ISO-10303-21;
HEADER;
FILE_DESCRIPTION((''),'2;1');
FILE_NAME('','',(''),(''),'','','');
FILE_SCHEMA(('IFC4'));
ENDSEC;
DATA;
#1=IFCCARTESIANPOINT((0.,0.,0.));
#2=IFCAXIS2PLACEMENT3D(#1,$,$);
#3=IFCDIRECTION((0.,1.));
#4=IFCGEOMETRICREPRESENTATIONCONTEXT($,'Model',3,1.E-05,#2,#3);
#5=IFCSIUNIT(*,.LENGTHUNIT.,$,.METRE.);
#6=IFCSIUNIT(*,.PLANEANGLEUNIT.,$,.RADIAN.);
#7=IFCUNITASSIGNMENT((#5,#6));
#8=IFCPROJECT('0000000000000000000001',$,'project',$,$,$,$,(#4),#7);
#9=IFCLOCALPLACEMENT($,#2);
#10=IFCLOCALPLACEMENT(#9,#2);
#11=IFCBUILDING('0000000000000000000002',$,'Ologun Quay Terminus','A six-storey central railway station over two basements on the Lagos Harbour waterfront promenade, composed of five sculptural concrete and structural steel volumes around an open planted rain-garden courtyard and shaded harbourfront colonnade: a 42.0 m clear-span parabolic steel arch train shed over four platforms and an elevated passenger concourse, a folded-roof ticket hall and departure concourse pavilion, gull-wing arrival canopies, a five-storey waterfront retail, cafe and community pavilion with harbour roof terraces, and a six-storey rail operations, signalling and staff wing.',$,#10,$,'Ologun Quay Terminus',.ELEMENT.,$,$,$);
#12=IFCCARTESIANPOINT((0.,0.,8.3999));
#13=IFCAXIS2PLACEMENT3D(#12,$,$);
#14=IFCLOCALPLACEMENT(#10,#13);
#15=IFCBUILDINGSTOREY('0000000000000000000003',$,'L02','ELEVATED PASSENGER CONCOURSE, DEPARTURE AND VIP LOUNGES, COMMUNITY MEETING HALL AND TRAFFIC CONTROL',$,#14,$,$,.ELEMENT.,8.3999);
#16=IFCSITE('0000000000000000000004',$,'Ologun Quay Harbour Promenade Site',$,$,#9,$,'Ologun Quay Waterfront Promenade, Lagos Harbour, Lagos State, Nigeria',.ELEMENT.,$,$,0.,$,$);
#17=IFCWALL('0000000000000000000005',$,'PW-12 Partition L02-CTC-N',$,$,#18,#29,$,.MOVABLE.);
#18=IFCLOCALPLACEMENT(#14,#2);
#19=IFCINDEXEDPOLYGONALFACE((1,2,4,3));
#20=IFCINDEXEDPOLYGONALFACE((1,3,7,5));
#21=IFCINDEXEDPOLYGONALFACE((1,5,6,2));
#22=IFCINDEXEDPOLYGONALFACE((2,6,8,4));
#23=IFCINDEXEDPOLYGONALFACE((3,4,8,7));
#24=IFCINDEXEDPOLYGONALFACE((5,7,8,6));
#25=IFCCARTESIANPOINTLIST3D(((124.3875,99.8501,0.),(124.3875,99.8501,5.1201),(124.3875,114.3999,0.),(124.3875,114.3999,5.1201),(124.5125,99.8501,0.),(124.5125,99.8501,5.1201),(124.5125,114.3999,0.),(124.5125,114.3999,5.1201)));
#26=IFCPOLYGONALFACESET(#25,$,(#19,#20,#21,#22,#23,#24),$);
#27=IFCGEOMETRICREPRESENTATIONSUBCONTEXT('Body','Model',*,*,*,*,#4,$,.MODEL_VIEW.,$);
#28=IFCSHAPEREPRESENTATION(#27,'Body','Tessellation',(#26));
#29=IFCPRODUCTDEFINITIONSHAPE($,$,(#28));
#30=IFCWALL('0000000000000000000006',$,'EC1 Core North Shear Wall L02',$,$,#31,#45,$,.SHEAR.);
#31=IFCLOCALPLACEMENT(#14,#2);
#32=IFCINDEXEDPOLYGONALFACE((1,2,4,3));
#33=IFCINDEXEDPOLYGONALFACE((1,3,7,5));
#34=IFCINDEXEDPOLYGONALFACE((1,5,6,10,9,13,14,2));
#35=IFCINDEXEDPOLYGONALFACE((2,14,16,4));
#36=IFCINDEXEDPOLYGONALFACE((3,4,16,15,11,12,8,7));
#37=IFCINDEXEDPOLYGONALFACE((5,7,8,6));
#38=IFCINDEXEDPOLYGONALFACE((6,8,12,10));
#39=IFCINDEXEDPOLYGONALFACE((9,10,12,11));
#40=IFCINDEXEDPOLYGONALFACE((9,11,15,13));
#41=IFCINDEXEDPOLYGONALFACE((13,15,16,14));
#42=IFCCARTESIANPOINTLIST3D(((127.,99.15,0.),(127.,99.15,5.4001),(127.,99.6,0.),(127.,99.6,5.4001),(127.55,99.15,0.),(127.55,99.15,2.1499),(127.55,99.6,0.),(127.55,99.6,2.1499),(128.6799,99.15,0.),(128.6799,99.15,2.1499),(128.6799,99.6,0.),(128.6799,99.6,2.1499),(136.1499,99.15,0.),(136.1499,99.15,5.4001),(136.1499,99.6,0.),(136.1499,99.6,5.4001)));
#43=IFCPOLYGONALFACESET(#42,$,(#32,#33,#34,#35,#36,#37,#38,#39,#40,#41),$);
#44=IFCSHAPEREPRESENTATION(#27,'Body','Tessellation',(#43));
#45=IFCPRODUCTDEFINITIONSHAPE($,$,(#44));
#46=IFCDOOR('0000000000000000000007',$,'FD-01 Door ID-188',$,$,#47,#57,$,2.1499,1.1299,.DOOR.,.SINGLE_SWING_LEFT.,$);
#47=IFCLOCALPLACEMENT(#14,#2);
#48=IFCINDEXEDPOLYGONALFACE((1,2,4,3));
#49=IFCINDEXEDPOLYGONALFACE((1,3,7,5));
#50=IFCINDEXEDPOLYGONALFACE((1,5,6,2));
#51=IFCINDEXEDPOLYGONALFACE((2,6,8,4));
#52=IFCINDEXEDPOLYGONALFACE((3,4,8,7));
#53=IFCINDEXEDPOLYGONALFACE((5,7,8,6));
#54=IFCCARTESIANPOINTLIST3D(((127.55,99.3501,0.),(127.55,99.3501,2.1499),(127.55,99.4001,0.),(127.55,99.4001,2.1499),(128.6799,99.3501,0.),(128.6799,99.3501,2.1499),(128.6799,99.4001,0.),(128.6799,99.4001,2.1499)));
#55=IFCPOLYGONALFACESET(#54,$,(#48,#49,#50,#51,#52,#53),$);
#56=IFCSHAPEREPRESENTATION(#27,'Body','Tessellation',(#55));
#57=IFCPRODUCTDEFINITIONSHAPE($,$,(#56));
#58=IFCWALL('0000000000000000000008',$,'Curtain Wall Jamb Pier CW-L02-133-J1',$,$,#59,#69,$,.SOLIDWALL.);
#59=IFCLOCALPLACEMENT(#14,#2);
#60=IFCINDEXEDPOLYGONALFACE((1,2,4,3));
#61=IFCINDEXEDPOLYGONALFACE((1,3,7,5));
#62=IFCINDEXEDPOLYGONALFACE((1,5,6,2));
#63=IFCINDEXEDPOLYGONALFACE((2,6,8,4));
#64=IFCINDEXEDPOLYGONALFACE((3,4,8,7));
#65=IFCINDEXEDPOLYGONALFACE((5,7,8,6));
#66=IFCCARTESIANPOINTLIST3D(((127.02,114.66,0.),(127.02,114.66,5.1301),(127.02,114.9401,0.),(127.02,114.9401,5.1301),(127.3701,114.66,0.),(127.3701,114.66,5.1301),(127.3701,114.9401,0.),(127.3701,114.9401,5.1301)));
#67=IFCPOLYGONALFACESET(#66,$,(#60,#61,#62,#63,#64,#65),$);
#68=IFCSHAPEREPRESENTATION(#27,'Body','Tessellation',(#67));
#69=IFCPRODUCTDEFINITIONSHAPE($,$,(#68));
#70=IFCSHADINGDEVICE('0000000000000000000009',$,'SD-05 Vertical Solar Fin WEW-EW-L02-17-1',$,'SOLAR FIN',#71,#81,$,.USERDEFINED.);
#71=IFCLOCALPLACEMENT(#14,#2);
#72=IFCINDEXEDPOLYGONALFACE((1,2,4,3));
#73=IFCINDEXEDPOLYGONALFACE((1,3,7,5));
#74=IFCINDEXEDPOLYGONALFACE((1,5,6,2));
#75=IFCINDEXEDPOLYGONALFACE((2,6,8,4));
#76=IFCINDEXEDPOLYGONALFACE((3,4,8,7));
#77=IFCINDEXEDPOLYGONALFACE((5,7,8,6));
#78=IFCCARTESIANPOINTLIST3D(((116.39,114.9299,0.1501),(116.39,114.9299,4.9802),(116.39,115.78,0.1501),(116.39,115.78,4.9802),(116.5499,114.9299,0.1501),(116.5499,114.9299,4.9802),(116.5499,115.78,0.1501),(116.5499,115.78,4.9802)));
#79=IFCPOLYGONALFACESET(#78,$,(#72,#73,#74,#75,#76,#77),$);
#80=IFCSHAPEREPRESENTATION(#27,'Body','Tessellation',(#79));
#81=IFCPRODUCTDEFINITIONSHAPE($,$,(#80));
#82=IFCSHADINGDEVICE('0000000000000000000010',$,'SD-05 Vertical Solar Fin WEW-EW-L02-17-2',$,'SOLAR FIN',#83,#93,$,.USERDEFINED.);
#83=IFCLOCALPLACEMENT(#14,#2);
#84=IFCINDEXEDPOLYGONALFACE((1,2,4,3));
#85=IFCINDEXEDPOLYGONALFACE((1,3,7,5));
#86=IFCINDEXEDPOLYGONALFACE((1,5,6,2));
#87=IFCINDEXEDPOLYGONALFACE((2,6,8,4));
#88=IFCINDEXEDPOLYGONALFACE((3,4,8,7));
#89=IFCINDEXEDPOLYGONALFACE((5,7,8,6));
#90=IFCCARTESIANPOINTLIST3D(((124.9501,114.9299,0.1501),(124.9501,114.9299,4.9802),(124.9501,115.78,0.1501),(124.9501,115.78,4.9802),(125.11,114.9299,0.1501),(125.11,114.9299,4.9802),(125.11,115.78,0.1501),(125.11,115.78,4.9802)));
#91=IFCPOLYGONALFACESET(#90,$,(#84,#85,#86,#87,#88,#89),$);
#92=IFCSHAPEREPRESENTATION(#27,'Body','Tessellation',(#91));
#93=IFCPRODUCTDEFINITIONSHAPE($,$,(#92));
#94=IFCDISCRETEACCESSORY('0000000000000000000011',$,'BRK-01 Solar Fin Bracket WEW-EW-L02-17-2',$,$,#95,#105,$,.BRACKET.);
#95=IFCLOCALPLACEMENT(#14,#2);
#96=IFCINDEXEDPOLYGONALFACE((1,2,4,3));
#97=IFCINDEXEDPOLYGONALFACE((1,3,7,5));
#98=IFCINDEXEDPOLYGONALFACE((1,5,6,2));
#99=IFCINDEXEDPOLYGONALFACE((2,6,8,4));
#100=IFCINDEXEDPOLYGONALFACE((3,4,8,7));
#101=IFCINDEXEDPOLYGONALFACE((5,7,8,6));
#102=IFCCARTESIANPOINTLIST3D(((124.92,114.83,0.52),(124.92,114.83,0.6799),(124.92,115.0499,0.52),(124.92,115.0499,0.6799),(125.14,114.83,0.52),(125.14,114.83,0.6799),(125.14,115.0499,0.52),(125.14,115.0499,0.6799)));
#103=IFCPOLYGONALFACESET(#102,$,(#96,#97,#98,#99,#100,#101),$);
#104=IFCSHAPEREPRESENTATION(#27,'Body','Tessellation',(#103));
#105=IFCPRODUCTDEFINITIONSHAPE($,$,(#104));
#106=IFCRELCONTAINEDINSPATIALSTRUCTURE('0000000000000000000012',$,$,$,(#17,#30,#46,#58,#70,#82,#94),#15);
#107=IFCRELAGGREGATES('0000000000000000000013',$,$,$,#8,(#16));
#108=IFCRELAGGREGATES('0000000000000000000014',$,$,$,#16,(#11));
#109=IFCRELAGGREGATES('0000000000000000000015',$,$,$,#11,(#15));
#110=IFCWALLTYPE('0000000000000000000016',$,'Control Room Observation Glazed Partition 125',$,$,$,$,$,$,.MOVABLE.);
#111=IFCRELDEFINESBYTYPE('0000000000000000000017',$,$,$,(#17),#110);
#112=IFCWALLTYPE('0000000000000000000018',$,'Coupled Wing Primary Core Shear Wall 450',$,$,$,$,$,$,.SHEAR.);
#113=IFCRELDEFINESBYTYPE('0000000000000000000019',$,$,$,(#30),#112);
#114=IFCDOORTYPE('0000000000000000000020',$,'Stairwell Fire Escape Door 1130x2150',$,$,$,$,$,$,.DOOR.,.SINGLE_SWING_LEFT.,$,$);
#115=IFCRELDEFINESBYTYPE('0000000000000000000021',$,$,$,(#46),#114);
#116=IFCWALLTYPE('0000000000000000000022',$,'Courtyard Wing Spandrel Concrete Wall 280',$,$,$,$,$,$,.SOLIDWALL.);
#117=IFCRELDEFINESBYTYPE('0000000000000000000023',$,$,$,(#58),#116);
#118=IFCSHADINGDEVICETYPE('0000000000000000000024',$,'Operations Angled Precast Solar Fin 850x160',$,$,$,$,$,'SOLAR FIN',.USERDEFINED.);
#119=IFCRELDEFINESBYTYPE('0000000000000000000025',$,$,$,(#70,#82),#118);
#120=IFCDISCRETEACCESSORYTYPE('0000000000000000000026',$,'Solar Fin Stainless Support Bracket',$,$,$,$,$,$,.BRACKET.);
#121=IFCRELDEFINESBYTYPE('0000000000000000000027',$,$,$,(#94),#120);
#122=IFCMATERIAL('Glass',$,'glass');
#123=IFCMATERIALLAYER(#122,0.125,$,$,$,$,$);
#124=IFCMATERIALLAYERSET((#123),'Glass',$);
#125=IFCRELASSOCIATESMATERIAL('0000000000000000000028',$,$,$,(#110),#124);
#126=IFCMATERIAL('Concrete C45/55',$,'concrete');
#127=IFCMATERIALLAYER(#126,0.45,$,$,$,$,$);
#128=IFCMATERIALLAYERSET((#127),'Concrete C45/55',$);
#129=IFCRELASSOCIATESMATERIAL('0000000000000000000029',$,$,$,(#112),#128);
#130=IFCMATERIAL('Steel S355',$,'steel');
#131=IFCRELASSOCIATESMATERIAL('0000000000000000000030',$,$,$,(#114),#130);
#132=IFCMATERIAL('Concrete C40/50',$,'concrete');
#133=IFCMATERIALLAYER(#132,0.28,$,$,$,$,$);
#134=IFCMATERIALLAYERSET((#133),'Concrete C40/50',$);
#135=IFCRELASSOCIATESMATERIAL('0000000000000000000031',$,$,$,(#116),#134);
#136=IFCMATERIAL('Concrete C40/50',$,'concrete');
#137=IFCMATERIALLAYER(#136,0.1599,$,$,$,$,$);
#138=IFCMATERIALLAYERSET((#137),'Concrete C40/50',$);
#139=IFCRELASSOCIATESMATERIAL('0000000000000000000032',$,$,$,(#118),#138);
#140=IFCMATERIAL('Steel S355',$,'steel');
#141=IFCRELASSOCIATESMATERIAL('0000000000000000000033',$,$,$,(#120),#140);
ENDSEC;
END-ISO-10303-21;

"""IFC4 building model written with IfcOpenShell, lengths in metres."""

from ifc_helpers import new_model, si_unit, direction, frame, frame_2d, origin, origin_2d, place, context, subcontext, project, spatial, rectangle, extrude, material, layer, layer_set, type_object, element, fill, save


model = new_model("IFC4")

# Units and contexts
model_context = context("Model", 3, precision=1e-05, world=origin(), true_north=direction((0.0, 1.0)))
body_context = subcontext(model_context, "Body", "Model", "MODEL_VIEW")
ifc_project = project(units=[si_unit("LENGTHUNIT", "METRE"), si_unit("PLANEANGLEUNIT", "RADIAN")], contexts=[model_context])

# Site, building, storey
site_placement = place(None, origin())
site = spatial("IfcSite", under=ifc_project, at=site_placement, Name="Ologun Quay Harbour Promenade Site", LongName="Ologun Quay Waterfront Promenade, Lagos Harbour, Lagos State, Nigeria", CompositionType="ELEMENT", RefElevation=0.0)
building_placement = place(site_placement, origin())
building = spatial("IfcBuilding", under=site, at=building_placement, Name="Ologun Quay Terminus", Description="A six-storey central railway station over two basements on the Lagos Harbour waterfront promenade, composed of five sculptural concrete and structural steel volumes around an open planted rain-garden courtyard and shaded harbourfront colonnade: a 42.0 m clear-span parabolic steel arch train shed over four platforms and an elevated passenger concourse, a folded-roof ticket hall and departure concourse pavilion, gull-wing arrival canopies, a five-storey waterfront retail, cafe and community pavilion with harbour roof terraces, and a six-storey rail operations, signalling and staff wing.", LongName="Ologun Quay Terminus", CompositionType="ELEMENT")
storey_placement = place(building_placement, frame((0.0, 0.0, 8.3999)))
storey = spatial("IfcBuildingStorey", under=building, at=storey_placement, Name="L02", Description="ELEVATED PASSENGER CONCOURSE, DEPARTURE AND VIP LOUNGES, COMMUNITY MEETING HALL AND TRAFFIC CONTROL", CompositionType="ELEMENT", Elevation=8.3999)

# Wall
ifc_material_1 = material(Name="Glass", Category="glass")
ifc_layer_1 = layer(ifc_material_1, 0.125)
ifc_layer_set_1 = layer_set([ifc_layer_1], Name="Glass")
wall_type_1 = type_object("IfcWallType", Name="Control Room Observation Glazed Partition 125", PredefinedType="MOVABLE", material=ifc_layer_set_1)
wall_1_placement = place(storey_placement, frame((124.45, 99.8501, 0.0), z_axis=(0.0, 0.0, 1.0), x_axis=(0.0, 1.0, 0.0)))
element("IfcWall", 1, at=wall_1_placement, inside=storey, type_object=wall_type_1, Name="PW-12 Partition L02-CTC-N", PredefinedType="MOVABLE", context=body_context, shape_type="SweptSolid", body=[
    extrude(rectangle(XDim=14.5498, YDim=0.125, at=frame_2d((7.2749, 0.0))), origin(), (0.0, 0.0, 1.0), 5.1201),
])

# Wall, opening, door
ifc_material_2 = material(Name="Concrete C45/55", Category="concrete")
ifc_layer_2 = layer(ifc_material_2, 0.45)
ifc_layer_set_2 = layer_set([ifc_layer_2], Name="Concrete C45/55")
wall_type_2 = type_object("IfcWallType", Name="Coupled Wing Primary Core Shear Wall 450", PredefinedType="SHEAR", material=ifc_layer_set_2)
wall_2_placement = place(storey_placement, frame((127.0, 99.375, 0.0), z_axis=(0.0, 0.0, 1.0), x_axis=(1.0, 0.0, 0.0)))
wall_2 = element("IfcWall", 2, at=wall_2_placement, inside=storey, type_object=wall_type_2, Name="EC1 Core North Shear Wall L02", PredefinedType="SHEAR", context=body_context, shape_type="SweptSolid", body=[
    extrude(rectangle(XDim=9.1499, YDim=0.45, at=frame_2d((4.575, 0.0))), origin(), (0.0, 0.0, 1.0), 5.4001),
])
opening_placement = place(wall_2_placement, frame((0.55, 0.0, 0.0)))
opening = element("IfcOpeningElement", 3, at=opening_placement, cuts=wall_2, PredefinedType="OPENING", context=body_context, shape_type="SweptSolid", body=[
    extrude(rectangle(XDim=1.1299, YDim=2.1499, at=frame_2d((0.5649, 1.075))), frame((0.0, 0.2349, 0.0), z_axis=(0.0, -1.0, 0.0), x_axis=(1.0, 0.0, 0.0)), (0.0, 0.0, 1.0), 0.47),
])
ifc_material_3 = material(Name="Steel S355", Category="steel")
door_type = type_object("IfcDoorType", Name="Stairwell Fire Escape Door 1130x2150", OperationType="SINGLE_SWING_LEFT", PredefinedType="DOOR", material=ifc_material_3)
door_placement = place(opening_placement, frame((0.5649, 0.0, 0.0), z_axis=(0.0, 0.0, 1.0), x_axis=(-1.0, 0.0, 0.0)))
door = element("IfcDoor", 4, at=door_placement, inside=storey, type_object=door_type, Name="FD-01 Door ID-188", OperationType="SINGLE_SWING_LEFT", OverallHeight=2.1499, OverallWidth=1.1299, PredefinedType="DOOR", context=body_context, shape_type="SweptSolid", body=[
    extrude(rectangle(XDim=1.1299, YDim=2.1499, at=frame_2d((0.0, 1.075))), frame((0.0, 0.0249, 0.0), z_axis=(0.0, -1.0, 0.0), x_axis=(1.0, 0.0, 0.0)), (0.0, 0.0, 1.0), 0.05),
])
fill(opening, door)

# Wall
ifc_material_4 = material(Name="Concrete C40/50", Category="concrete")
ifc_layer_3 = layer(ifc_material_4, 0.28)
ifc_layer_set_3 = layer_set([ifc_layer_3], Name="Concrete C40/50")
wall_type_3 = type_object("IfcWallType", Name="Courtyard Wing Spandrel Concrete Wall 280", PredefinedType="SOLIDWALL", material=ifc_layer_set_3)
wall_3_placement = place(storey_placement, frame((127.02, 114.8, 0.0), z_axis=(0.0, 0.0, 1.0), x_axis=(1.0, 0.0, 0.0)))
element("IfcWall", 5, at=wall_3_placement, inside=storey, type_object=wall_type_3, Name="Curtain Wall Jamb Pier CW-L02-133-J1", PredefinedType="SOLIDWALL", context=body_context, shape_type="SweptSolid", body=[
    extrude(rectangle(XDim=0.3501, YDim=0.28, at=frame_2d((0.175, 0.0))), origin(), (0.0, 0.0, 1.0), 5.1301),
])

# Shading devices
ifc_material_5 = material(Name="Concrete C40/50", Category="concrete")
ifc_layer_4 = layer(ifc_material_5, 0.1599)
ifc_layer_set_4 = layer_set([ifc_layer_4], Name="Concrete C40/50")
shading_device_type = type_object("IfcShadingDeviceType", Name="Operations Angled Precast Solar Fin 850x160", ElementType="SOLAR FIN", PredefinedType="USERDEFINED", material=ifc_layer_set_4)
for number, where, z_axis, x_axis, name in (
    (6, (116.47, 115.355, 0.1501), (0.0, 0.0, 1.0), (1.0, 0.0, 0.0), "SD-05 Vertical Solar Fin WEW-EW-L02-17-1"),
    (7, (125.03, 115.355, 0.1501), (0.0, 0.0, 1.0), (1.0, 0.0, 0.0), "SD-05 Vertical Solar Fin WEW-EW-L02-17-2"),
):
    element("IfcShadingDevice", number, at=place(storey_placement, frame(where, z_axis=z_axis, x_axis=x_axis)), inside=storey, type_object=shading_device_type, Name=name, ObjectType="SOLAR FIN", PredefinedType="USERDEFINED", context=body_context, shape_type="SweptSolid", body=[
        extrude(rectangle(XDim=0.1599, YDim=0.8501, at=origin_2d()), origin(), (0.0, 0.0, 1.0), 4.8301),
    ])

# Discrete accessory
ifc_material_6 = material(Name="Steel S355", Category="steel")
discrete_accessory_type = type_object("IfcDiscreteAccessoryType", Name="Solar Fin Stainless Support Bracket", PredefinedType="BRACKET", material=ifc_material_6)
discrete_accessory_placement = place(storey_placement, frame((125.03, 114.9399, 0.52), z_axis=(0.0, 0.0, 1.0), x_axis=(1.0, 0.0, 0.0)))
element("IfcDiscreteAccessory", 8, at=discrete_accessory_placement, inside=storey, type_object=discrete_accessory_type, Name="BRK-01 Solar Fin Bracket WEW-EW-L02-17-2", PredefinedType="BRACKET", context=body_context, shape_type="SweptSolid", body=[
    extrude(rectangle(XDim=0.22, YDim=0.22, at=origin_2d()), origin(), (0.0, 0.0, 1.0), 0.1599),
])

save(model, "model.ifc")
